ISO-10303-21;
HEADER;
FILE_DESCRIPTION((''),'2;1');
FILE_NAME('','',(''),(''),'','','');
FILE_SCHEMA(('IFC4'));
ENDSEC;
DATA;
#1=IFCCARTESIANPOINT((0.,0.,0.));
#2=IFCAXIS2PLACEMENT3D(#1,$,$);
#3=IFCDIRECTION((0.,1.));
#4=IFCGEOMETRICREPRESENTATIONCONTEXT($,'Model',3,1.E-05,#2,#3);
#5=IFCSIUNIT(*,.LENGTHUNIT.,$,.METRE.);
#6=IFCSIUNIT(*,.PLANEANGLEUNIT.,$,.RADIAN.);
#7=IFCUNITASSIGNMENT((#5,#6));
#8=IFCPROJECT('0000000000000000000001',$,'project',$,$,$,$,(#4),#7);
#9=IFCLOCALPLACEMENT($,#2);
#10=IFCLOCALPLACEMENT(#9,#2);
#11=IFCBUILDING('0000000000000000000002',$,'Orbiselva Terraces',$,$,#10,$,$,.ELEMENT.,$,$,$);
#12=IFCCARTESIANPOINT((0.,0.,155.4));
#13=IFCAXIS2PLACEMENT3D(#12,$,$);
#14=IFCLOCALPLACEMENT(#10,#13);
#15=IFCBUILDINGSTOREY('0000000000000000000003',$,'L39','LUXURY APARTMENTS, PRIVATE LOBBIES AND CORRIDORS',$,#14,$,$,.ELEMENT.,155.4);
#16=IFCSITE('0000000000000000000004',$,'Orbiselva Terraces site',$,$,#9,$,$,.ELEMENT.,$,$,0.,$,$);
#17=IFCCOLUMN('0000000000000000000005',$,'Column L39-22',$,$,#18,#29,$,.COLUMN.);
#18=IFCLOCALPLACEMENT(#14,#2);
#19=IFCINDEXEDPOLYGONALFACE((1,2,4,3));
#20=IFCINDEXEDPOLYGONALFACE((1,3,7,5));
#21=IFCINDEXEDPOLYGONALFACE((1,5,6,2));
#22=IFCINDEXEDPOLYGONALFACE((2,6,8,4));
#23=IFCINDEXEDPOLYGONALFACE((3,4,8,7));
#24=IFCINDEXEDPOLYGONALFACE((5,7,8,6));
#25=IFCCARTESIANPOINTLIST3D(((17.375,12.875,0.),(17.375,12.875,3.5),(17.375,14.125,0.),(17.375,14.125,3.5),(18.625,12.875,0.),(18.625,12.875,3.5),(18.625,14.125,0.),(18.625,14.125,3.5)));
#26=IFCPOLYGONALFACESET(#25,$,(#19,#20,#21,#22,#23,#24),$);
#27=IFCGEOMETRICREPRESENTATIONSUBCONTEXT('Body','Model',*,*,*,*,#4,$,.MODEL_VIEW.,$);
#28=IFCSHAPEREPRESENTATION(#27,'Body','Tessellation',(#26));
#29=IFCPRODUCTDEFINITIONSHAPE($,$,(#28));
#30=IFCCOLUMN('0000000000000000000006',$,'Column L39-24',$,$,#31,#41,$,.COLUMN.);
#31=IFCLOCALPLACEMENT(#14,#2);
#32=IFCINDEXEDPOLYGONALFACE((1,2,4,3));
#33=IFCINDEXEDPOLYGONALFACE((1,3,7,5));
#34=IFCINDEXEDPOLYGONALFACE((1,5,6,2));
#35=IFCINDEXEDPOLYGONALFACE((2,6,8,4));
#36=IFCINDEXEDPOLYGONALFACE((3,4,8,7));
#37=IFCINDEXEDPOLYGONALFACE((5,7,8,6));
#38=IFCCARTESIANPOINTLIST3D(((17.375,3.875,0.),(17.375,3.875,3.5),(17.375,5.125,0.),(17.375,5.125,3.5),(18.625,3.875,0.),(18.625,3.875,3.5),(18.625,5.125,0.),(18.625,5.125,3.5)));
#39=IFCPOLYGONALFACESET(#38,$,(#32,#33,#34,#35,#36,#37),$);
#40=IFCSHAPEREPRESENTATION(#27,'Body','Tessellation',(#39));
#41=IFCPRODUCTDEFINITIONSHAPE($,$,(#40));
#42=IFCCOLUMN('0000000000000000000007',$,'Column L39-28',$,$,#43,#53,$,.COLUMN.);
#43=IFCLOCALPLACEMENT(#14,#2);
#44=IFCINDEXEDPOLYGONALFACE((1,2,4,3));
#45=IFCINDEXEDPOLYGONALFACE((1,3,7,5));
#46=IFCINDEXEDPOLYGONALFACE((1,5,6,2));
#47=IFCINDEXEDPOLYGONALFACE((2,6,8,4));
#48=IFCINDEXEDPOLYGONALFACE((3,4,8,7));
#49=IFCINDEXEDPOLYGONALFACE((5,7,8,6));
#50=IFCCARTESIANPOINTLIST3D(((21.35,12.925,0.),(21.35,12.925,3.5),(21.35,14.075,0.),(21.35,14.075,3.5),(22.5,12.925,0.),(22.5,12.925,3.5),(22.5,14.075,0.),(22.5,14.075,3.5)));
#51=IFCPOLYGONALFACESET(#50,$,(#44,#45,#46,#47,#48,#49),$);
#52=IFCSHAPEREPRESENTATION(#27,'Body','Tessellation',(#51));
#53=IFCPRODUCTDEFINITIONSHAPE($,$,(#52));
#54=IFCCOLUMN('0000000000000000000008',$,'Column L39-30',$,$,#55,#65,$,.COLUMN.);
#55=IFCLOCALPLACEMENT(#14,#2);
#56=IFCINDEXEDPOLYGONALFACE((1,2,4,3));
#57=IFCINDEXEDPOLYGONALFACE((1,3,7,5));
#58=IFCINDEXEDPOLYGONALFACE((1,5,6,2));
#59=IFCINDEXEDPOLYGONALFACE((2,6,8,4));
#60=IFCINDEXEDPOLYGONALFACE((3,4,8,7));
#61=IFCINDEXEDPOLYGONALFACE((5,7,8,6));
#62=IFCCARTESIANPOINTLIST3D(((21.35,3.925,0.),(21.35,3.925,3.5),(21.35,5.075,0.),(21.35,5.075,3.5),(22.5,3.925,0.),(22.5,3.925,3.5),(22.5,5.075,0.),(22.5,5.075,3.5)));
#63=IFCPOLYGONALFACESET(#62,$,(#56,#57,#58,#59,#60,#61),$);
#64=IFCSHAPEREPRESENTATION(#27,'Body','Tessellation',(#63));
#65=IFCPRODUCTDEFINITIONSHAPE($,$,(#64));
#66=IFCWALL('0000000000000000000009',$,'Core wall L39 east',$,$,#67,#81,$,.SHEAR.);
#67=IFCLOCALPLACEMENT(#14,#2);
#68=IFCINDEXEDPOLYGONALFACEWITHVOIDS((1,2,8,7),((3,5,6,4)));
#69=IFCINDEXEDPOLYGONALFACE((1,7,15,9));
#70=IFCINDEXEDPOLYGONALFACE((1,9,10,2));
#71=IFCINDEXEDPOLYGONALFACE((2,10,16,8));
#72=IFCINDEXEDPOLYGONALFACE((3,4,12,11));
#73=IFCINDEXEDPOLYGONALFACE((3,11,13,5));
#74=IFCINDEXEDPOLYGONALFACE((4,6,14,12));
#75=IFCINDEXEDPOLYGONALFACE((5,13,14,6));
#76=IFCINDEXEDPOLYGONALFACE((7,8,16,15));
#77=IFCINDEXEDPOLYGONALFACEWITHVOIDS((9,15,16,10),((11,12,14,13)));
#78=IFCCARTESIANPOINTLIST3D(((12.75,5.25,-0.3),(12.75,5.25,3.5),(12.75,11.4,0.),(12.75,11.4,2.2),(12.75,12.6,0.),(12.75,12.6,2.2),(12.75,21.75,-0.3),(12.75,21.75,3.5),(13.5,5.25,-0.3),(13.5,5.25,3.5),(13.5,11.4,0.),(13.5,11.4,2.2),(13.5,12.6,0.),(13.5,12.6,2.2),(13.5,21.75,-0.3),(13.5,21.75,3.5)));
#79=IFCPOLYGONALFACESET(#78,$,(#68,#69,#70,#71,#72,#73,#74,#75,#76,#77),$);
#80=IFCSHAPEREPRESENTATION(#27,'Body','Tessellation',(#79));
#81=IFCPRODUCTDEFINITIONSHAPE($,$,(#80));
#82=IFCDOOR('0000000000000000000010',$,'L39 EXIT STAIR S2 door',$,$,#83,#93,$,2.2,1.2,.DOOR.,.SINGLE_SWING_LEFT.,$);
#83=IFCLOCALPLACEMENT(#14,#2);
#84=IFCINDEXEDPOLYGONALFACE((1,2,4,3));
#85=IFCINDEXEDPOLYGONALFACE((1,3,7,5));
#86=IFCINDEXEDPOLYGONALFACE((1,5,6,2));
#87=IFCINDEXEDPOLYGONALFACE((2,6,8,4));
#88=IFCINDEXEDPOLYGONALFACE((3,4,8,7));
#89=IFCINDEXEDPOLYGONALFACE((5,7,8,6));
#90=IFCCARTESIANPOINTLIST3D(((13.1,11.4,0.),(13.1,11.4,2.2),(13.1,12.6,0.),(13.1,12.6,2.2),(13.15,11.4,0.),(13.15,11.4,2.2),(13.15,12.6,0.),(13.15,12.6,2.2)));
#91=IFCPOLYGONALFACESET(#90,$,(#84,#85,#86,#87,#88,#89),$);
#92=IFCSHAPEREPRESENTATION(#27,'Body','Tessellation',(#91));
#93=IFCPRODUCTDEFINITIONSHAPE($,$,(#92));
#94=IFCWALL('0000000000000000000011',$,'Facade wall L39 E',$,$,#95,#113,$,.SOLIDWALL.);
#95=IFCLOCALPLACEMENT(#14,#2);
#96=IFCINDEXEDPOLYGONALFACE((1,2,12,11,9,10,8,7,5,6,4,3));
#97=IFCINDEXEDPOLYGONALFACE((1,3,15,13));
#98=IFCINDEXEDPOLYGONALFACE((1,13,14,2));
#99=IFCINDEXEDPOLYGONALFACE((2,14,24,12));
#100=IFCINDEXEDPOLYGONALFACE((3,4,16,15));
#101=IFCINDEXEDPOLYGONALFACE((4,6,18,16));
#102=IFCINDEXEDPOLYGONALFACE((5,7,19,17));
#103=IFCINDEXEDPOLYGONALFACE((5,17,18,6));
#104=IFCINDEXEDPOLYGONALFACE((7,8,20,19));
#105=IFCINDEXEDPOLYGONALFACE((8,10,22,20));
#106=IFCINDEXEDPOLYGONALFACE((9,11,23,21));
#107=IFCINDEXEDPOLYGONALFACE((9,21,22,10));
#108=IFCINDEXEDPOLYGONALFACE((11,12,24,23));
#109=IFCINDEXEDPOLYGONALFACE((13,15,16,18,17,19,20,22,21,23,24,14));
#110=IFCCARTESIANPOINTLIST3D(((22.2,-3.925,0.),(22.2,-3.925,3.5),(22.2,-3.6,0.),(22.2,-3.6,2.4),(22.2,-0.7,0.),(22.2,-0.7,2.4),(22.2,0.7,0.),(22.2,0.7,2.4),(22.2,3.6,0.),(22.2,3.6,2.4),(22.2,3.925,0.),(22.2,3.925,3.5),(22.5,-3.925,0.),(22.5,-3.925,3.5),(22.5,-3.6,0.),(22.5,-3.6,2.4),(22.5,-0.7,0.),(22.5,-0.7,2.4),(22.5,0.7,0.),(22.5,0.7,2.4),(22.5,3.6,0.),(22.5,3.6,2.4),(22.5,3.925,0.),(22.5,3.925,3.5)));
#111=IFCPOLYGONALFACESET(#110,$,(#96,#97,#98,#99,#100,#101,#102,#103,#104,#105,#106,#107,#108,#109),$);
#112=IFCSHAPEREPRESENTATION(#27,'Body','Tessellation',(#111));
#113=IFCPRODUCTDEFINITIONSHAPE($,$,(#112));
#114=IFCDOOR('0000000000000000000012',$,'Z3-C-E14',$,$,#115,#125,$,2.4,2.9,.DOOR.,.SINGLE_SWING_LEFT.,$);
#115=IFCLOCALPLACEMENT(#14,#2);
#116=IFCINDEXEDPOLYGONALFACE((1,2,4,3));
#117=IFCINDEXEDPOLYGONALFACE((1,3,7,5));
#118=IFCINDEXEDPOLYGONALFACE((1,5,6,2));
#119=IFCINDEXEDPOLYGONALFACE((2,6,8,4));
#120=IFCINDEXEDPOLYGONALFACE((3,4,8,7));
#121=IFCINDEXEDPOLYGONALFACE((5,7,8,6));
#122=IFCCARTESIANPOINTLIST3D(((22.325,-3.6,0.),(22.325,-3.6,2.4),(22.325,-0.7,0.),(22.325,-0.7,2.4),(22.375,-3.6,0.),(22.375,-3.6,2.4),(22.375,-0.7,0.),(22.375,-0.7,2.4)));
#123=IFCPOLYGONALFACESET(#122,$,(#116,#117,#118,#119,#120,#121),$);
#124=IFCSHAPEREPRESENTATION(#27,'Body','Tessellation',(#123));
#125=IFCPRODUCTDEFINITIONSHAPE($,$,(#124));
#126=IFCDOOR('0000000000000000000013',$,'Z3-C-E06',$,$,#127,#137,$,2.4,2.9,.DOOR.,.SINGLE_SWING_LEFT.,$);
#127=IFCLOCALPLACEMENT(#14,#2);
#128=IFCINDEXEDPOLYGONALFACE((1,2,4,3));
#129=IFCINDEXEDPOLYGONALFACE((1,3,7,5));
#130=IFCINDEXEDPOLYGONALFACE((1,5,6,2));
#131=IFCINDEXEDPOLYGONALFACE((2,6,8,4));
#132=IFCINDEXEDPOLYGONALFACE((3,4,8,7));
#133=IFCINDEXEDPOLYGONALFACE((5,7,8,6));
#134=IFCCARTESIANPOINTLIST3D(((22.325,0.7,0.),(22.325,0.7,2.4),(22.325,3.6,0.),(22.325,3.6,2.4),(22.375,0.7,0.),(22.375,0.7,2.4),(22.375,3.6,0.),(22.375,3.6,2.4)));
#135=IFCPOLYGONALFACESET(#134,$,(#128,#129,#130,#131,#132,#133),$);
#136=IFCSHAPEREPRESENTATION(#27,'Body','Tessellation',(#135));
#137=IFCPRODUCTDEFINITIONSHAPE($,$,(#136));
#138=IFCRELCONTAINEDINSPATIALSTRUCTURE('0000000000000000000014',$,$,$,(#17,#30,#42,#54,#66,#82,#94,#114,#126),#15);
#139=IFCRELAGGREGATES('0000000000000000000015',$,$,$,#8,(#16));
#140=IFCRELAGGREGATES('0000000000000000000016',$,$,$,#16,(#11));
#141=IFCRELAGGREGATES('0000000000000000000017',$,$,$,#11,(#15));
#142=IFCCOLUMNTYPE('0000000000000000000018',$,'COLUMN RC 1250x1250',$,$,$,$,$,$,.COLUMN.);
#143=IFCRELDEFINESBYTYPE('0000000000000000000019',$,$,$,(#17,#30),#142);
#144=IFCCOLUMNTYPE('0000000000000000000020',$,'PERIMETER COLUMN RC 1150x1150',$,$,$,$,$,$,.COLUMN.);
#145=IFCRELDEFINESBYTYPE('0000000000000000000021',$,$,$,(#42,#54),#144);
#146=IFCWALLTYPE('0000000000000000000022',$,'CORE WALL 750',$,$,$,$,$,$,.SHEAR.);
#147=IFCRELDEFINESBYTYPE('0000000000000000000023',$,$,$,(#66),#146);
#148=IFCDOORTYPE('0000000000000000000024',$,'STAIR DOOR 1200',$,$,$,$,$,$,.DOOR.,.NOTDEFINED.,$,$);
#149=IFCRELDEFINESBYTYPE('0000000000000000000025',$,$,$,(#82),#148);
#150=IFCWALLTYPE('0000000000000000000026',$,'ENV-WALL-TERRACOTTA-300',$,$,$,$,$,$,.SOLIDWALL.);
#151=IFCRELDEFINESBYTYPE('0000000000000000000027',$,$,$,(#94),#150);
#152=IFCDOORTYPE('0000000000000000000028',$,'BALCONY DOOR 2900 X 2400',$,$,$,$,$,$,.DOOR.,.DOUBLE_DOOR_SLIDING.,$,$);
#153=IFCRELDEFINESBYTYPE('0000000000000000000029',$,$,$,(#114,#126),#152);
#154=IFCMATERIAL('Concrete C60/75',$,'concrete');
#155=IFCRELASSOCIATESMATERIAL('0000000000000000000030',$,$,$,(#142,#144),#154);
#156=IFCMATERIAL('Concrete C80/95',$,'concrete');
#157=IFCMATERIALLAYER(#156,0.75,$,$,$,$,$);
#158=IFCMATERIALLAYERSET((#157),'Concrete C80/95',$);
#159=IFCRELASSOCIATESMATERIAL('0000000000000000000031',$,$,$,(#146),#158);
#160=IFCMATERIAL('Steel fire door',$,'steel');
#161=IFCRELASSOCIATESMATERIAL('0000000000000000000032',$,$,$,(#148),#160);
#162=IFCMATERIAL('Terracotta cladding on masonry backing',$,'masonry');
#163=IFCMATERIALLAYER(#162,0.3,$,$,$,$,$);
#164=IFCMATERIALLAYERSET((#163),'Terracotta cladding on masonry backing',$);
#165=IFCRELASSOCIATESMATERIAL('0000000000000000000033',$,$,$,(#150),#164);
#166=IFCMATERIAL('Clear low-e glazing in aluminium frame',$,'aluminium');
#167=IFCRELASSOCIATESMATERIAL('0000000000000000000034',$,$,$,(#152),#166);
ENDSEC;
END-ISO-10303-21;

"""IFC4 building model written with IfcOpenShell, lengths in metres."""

from ifc_helpers import new_model, si_unit, direction, frame, frame_2d, origin, origin_2d, place, context, subcontext, project, spatial, rectangle, extrude, material, layer, layer_set, material_profile, profile_set, type_object, element, fill, save


model = new_model("IFC4")

# Units and contexts
model_context = context("Model", 3, precision=1e-05, world=origin(), true_north=direction((0.0, 1.0)))
body_context = subcontext(model_context, "Body", "Model", "MODEL_VIEW")
ifc_project = project(units=[si_unit("LENGTHUNIT", "METRE"), si_unit("PLANEANGLEUNIT", "RADIAN")], contexts=[model_context])

# Site, building, storey
site_placement = place(None, origin())
site = spatial("IfcSite", under=ifc_project, at=site_placement, Name="Orbiselva Terraces site", CompositionType="ELEMENT", RefElevation=0.0)
building_placement = place(site_placement, origin())
building = spatial("IfcBuilding", under=site, at=building_placement, Name="Orbiselva Terraces", CompositionType="ELEMENT")
storey_placement = place(building_placement, frame((0.0, 0.0, 155.4)))
storey = spatial("IfcBuildingStorey", under=building, at=storey_placement, Name="L39", Description="LUXURY APARTMENTS, PRIVATE LOBBIES AND CORRIDORS", CompositionType="ELEMENT", Elevation=155.4)

# Columns
ifc_material_1 = material(Name="Concrete C60/75", Category="concrete")
ifc_material_profile_1 = material_profile(ifc_material_1, rectangle(XDim=1.25, YDim=1.25, at=origin_2d()), Name="RC 1250x1250")
ifc_profile_set_1 = profile_set([ifc_material_profile_1], Name="Concrete C60/75")
column_type_1 = type_object("IfcColumnType", Name="COLUMN RC 1250x1250", PredefinedType="COLUMN", material=ifc_profile_set_1)
for number, where, z_axis, x_axis, name in (
    (1, (18.0, 13.5, 0.0), (0.0, 0.0, 1.0), (1.0, 0.0, 0.0), "Column L39-22"),
    (2, (18.0, 4.5, 0.0), (0.0, 0.0, 1.0), (1.0, 0.0, 0.0), "Column L39-24"),
):
    element("IfcColumn", number, at=place(storey_placement, frame(where, z_axis=z_axis, x_axis=x_axis)), inside=storey, type_object=column_type_1, Name=name, PredefinedType="COLUMN", context=body_context, shape_type="SweptSolid", body=[
        extrude(rectangle(XDim=1.25, YDim=1.25, at=origin_2d()), origin(), (0.0, 0.0, 1.0), 3.5),
    ])
ifc_material_profile_2 = material_profile(ifc_material_1, rectangle(XDim=1.15, YDim=1.15, at=origin_2d()), Name="RC 1150x1150")
ifc_profile_set_2 = profile_set([ifc_material_profile_2], Name="Concrete C60/75")
column_type_2 = type_object("IfcColumnType", Name="PERIMETER COLUMN RC 1150x1150", PredefinedType="COLUMN", material=ifc_profile_set_2)
for number, where, z_axis, x_axis, name in (
    (3, (21.925, 13.5, 0.0), (0.0, 0.0, 1.0), (1.0, 0.0, 0.0), "Column L39-28"),
    (4, (21.925, 4.5, 0.0), (0.0, 0.0, 1.0), (1.0, 0.0, 0.0), "Column L39-30"),
):
    element("IfcColumn", number, at=place(storey_placement, frame(where, z_axis=z_axis, x_axis=x_axis)), inside=storey, type_object=column_type_2, Name=name, PredefinedType="COLUMN", context=body_context, shape_type="SweptSolid", body=[
        extrude(rectangle(XDim=1.15, YDim=1.15, at=origin_2d()), origin(), (0.0, 0.0, 1.0), 3.5),
    ])

# Wall, opening, door
ifc_material_2 = material(Name="Concrete C80/95", Category="concrete")
ifc_layer_1 = layer(ifc_material_2, 0.75)
ifc_layer_set_1 = layer_set([ifc_layer_1], Name="Concrete C80/95")
wall_type_1 = type_object("IfcWallType", Name="CORE WALL 750", PredefinedType="SHEAR", material=ifc_layer_set_1)
wall_1_placement = place(storey_placement, frame((13.125, 5.25, -0.3), z_axis=(0.0, 0.0, 1.0), x_axis=(0.0, 1.0, 0.0)))
wall_1 = element("IfcWall", 5, at=wall_1_placement, inside=storey, type_object=wall_type_1, Name="Core wall L39 east", PredefinedType="SHEAR", context=body_context, shape_type="SweptSolid", body=[
    extrude(rectangle(XDim=16.5, YDim=0.75, at=frame_2d((8.25, 0.0))), origin(), (0.0, 0.0, 1.0), 3.8),
])
opening_1_placement = place(wall_1_placement, frame((6.15, 0.0, 0.3)))
opening_1 = element("IfcOpeningElement", 6, at=opening_1_placement, cuts=wall_1, PredefinedType="OPENING", context=body_context, shape_type="SweptSolid", body=[
    extrude(rectangle(XDim=1.2, YDim=2.2, at=frame_2d((0.6, 1.1))), frame((0.0, 0.385, 0.0), z_axis=(0.0, -1.0, 0.0), x_axis=(1.0, 0.0, 0.0)), (0.0, 0.0, 1.0), 0.77),
])
ifc_material_3 = material(Name="Steel fire door", Category="steel")
door_type_1 = type_object("IfcDoorType", Name="STAIR DOOR 1200", OperationType="NOTDEFINED", PredefinedType="DOOR", material=ifc_material_3)
door_1_placement = place(opening_1_placement, frame((1.2, 0.0, 0.0), z_axis=(0.0, 0.0, 1.0), x_axis=(-1.0, 0.0, 0.0)))
door_1 = element("IfcDoor", 7, at=door_1_placement, inside=storey, type_object=door_type_1, Name="L39 EXIT STAIR S2 door", OperationType="SINGLE_SWING_LEFT", OverallHeight=2.2, OverallWidth=1.2, PredefinedType="DOOR", context=body_context, shape_type="SweptSolid", body=[
    extrude(rectangle(XDim=1.2, YDim=2.2, at=frame_2d((0.6, 1.1))), frame((0.0, 0.025, 0.0), z_axis=(0.0, -1.0, 0.0), x_axis=(1.0, 0.0, 0.0)), (0.0, 0.0, 1.0), 0.05),
])
fill(opening_1, door_1)

# Wall, openings, doors
ifc_material_4 = material(Name="Terracotta cladding on masonry backing", Category="masonry")
ifc_layer_2 = layer(ifc_material_4, 0.3)
ifc_layer_set_2 = layer_set([ifc_layer_2], Name="Terracotta cladding on masonry backing")
wall_type_2 = type_object("IfcWallType", Name="ENV-WALL-TERRACOTTA-300", PredefinedType="SOLIDWALL", material=ifc_layer_set_2)
wall_2_placement = place(storey_placement, frame((22.35, 3.925, 0.0), z_axis=(0.0, 0.0, 1.0), x_axis=(0.0, -1.0, 0.0)))
wall_2 = element("IfcWall", 8, at=wall_2_placement, inside=storey, type_object=wall_type_2, Name="Facade wall L39 E", PredefinedType="SOLIDWALL", context=body_context, shape_type="SweptSolid", body=[
    extrude(rectangle(XDim=7.85, YDim=0.3, at=frame_2d((3.925, 0.0))), origin(), (0.0, 0.0, 1.0), 3.5),
])
opening_2_placement = place(wall_2_placement, frame((4.625, 0.0, 0.0)))
opening_2 = element("IfcOpeningElement", 9, at=opening_2_placement, cuts=wall_2, PredefinedType="OPENING", context=body_context, shape_type="SweptSolid", body=[
    extrude(rectangle(XDim=2.9, YDim=2.4, at=frame_2d((1.45, 1.2))), frame((0.0, 0.16, 0.0), z_axis=(0.0, -1.0, 0.0), x_axis=(1.0, 0.0, 0.0)), (0.0, 0.0, 1.0), 0.32),
])
opening_3_placement = place(wall_2_placement, frame((0.325, 0.0, 0.0)))
opening_3 = element("IfcOpeningElement", 10, at=opening_3_placement, cuts=wall_2, PredefinedType="OPENING", context=body_context, shape_type="SweptSolid", body=[
    extrude(rectangle(XDim=2.9, YDim=2.4, at=frame_2d((1.45, 1.2))), frame((0.0, 0.16, 0.0), z_axis=(0.0, -1.0, 0.0), x_axis=(1.0, 0.0, 0.0)), (0.0, 0.0, 1.0), 0.32),
])
ifc_material_5 = material(Name="Clear low-e glazing in aluminium frame", Category="aluminium")
door_type_2 = type_object("IfcDoorType", Name="BALCONY DOOR 2900 X 2400", OperationType="DOUBLE_DOOR_SLIDING", PredefinedType="DOOR", material=ifc_material_5)
door_2_placement = place(opening_2_placement, origin())
door_2 = element("IfcDoor", 11, at=door_2_placement, inside=storey, type_object=door_type_2, Name="Z3-C-E14", OperationType="SINGLE_SWING_LEFT", OverallHeight=2.4, OverallWidth=2.9, PredefinedType="DOOR", context=body_context, shape_type="SweptSolid", body=[
    extrude(rectangle(XDim=2.9, YDim=2.4, at=frame_2d((1.45, 1.2))), frame((0.0, 0.025, 0.0), z_axis=(0.0, -1.0, 0.0), x_axis=(1.0, 0.0, 0.0)), (0.0, 0.0, 1.0), 0.05),
])
fill(opening_2, door_2)
door_3_placement = place(opening_3_placement, origin())
door_3 = element("IfcDoor", 12, at=door_3_placement, inside=storey, type_object=door_type_2, Name="Z3-C-E06", OperationType="SINGLE_SWING_LEFT", OverallHeight=2.4, OverallWidth=2.9, PredefinedType="DOOR", context=body_context, shape_type="SweptSolid", body=[
    extrude(rectangle(XDim=2.9, YDim=2.4, at=frame_2d((1.45, 1.2))), frame((0.0, 0.025, 0.0), z_axis=(0.0, -1.0, 0.0), x_axis=(1.0, 0.0, 0.0)), (0.0, 0.0, 1.0), 0.05),
])
fill(opening_3, door_3)

save(model, "model.ifc")
